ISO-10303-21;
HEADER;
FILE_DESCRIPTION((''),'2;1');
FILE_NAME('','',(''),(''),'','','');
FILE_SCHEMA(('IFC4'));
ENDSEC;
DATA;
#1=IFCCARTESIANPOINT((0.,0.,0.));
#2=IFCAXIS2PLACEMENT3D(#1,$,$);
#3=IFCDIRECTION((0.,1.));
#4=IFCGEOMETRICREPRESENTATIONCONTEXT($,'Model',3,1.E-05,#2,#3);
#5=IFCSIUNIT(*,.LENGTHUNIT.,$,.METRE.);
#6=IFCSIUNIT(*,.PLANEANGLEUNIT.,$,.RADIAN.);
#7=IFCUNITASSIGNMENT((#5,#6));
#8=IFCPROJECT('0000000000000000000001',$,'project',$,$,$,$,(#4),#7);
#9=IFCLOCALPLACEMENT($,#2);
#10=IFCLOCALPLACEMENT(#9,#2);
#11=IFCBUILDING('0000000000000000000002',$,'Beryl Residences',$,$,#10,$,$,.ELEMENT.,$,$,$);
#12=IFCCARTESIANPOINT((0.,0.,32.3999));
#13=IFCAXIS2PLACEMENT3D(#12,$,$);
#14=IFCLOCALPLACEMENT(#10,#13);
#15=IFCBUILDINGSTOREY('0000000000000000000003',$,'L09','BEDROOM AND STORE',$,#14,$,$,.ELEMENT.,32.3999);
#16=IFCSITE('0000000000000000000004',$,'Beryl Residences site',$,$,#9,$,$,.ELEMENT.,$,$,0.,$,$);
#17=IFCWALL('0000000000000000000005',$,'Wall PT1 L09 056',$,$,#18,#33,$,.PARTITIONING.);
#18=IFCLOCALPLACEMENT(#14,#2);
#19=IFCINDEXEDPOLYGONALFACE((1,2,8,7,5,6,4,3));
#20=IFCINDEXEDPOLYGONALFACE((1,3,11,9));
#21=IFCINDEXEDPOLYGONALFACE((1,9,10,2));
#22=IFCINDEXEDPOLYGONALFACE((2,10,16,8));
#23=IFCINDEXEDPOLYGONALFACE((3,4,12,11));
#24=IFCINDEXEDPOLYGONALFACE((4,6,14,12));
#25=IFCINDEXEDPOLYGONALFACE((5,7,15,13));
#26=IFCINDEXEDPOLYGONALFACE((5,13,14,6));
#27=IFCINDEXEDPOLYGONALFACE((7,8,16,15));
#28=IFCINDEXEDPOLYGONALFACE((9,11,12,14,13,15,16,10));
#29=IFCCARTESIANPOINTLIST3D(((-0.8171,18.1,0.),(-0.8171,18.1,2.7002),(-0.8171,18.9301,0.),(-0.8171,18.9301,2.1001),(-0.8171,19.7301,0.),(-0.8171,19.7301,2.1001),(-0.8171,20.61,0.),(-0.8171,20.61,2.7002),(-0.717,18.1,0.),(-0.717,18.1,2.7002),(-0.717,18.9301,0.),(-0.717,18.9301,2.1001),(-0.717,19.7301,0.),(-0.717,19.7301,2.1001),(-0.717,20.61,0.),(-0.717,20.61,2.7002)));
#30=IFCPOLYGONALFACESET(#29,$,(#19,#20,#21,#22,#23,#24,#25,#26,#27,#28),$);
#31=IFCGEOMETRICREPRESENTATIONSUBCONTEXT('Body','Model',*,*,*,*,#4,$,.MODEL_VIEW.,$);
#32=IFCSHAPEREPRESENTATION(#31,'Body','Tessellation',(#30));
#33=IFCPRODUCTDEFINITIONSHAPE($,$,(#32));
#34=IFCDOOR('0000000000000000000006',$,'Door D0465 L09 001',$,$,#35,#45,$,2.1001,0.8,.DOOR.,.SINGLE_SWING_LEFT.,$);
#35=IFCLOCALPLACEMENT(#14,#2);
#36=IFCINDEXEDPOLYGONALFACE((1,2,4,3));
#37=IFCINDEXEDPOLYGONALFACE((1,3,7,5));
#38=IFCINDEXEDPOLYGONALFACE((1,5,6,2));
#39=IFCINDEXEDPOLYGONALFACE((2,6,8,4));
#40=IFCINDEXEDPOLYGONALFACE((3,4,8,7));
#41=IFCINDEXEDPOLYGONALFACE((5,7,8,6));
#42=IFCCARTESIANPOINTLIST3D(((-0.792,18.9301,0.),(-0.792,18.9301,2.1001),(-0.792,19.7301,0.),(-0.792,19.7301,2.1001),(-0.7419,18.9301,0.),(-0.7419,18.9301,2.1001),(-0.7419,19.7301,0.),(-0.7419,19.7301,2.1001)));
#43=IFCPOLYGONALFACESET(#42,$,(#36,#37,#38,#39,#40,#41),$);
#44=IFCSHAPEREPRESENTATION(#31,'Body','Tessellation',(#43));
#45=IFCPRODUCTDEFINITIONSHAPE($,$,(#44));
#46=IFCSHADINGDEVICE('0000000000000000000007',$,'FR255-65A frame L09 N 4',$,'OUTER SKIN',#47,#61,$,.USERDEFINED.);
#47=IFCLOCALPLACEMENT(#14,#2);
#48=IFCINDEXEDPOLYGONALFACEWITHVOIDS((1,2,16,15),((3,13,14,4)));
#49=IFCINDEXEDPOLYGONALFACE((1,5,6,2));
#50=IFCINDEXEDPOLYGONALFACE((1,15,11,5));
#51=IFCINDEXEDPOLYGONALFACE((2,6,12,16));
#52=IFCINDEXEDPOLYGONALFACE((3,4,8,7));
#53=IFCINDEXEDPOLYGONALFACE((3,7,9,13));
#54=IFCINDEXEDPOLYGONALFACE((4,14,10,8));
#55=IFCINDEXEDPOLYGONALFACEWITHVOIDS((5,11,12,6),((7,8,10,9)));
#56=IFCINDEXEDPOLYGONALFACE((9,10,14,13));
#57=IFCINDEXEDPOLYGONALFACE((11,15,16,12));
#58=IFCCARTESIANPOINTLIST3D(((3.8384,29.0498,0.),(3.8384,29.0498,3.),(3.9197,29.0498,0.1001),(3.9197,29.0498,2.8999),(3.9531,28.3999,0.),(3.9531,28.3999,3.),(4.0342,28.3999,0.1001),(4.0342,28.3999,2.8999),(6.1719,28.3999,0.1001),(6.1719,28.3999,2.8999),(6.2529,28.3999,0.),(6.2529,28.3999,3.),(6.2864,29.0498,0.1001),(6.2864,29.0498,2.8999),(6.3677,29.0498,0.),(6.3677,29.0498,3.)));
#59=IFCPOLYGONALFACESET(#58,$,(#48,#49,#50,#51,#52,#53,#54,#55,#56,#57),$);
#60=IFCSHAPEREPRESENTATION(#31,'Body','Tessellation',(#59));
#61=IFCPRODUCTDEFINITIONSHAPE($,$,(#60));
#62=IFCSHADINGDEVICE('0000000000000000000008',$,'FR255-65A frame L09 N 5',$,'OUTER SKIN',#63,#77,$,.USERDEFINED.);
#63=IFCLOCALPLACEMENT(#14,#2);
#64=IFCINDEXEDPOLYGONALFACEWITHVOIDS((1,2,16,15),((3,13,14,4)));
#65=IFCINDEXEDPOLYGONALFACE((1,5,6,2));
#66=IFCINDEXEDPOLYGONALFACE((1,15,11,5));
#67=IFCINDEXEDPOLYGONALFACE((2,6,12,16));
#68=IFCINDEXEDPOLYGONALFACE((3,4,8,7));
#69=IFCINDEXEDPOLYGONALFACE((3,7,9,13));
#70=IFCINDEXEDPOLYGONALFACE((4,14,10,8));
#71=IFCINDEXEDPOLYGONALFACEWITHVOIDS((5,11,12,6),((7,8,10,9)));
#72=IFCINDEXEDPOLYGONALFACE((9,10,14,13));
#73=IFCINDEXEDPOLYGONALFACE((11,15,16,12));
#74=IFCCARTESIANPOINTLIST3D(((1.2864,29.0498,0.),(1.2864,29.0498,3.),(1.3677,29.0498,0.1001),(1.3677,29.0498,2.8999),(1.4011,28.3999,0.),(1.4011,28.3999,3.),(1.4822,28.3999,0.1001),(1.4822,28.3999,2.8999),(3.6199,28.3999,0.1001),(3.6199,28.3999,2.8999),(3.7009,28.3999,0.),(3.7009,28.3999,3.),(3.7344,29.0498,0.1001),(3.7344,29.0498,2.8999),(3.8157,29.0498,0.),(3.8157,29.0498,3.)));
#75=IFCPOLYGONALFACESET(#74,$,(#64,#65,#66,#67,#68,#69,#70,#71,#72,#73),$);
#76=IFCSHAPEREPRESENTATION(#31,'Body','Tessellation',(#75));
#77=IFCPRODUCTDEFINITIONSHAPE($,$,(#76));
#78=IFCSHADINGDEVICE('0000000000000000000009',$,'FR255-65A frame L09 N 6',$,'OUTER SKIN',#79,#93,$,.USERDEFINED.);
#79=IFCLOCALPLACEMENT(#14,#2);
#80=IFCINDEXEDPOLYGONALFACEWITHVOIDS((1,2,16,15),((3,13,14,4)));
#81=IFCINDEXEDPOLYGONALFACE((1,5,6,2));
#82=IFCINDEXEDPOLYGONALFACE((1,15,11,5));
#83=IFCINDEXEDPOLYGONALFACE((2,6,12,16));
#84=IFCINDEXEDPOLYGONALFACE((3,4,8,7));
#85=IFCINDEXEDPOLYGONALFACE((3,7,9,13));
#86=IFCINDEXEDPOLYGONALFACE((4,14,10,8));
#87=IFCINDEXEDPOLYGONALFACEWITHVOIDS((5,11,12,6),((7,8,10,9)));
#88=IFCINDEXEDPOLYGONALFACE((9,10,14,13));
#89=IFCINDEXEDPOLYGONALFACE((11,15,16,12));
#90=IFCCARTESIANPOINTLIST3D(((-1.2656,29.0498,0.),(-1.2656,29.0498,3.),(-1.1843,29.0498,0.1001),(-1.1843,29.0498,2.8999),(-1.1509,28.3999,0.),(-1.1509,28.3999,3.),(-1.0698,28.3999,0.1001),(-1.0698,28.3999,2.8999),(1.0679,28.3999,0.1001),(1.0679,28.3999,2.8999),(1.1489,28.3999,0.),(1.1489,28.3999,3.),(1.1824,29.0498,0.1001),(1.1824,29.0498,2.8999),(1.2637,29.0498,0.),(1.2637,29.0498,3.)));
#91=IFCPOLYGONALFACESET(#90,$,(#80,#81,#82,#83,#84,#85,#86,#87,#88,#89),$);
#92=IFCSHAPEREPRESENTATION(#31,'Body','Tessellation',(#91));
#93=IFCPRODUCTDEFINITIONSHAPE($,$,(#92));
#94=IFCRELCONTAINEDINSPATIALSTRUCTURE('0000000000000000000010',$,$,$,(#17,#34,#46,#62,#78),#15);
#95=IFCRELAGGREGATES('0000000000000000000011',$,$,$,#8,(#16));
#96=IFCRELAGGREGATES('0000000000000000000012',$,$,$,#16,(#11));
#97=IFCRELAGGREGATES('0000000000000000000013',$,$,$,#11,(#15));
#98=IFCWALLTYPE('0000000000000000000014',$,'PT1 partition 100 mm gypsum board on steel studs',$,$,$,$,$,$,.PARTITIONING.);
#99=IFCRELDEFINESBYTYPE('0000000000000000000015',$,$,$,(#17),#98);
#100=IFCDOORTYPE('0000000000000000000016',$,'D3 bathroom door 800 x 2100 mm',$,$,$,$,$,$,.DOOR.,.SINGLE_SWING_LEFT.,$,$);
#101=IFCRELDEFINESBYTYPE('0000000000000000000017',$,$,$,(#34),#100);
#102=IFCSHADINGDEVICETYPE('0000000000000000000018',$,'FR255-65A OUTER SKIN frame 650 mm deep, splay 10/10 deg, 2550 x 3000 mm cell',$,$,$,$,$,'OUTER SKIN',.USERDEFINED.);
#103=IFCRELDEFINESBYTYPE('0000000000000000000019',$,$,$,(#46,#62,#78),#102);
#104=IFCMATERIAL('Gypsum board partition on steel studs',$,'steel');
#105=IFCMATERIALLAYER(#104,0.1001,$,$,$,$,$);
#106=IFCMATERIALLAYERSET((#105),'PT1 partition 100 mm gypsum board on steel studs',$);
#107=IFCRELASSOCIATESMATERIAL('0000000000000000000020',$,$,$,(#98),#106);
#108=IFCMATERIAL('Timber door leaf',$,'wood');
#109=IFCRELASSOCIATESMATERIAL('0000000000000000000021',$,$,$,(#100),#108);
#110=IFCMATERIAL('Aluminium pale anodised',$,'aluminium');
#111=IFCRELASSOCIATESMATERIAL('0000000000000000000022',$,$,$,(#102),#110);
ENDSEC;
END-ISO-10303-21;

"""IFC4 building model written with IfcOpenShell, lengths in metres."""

from ifc_helpers import new_model, entity, si_unit, direction, frame, frame_2d, origin, place, context, subcontext, project, spatial, rectangle, extrude, source, transform, mapped, material, layer, layer_set, type_object, type_shapes, element, fill, save


model = new_model("IFC4")

# Units and contexts
model_context = context("Model", 3, precision=1e-05, world=origin(), true_north=direction((0.0, 1.0)))
body_context = subcontext(model_context, "Body", "Model", "MODEL_VIEW")
ifc_project = project(units=[si_unit("LENGTHUNIT", "METRE"), si_unit("PLANEANGLEUNIT", "RADIAN")], contexts=[model_context])

# Site, building, storey
site_placement = place(None, origin())
site = spatial("IfcSite", under=ifc_project, at=site_placement, Name="Beryl Residences site", CompositionType="ELEMENT", RefElevation=0.0)
building_placement = place(site_placement, origin())
building = spatial("IfcBuilding", under=site, at=building_placement, Name="Beryl Residences", CompositionType="ELEMENT")
storey_placement = place(building_placement, frame((0.0, 0.0, 32.3999)))
storey = spatial("IfcBuildingStorey", under=building, at=storey_placement, Name="L09", Description="BEDROOM AND STORE", CompositionType="ELEMENT", Elevation=32.3999)

# Shared definitions
ifc_material_1 = material(Name="Gypsum board partition on steel studs", Category="steel")
ifc_layer = layer(ifc_material_1, 0.1001)
ifc_layer_set = layer_set([ifc_layer], Name="PT1 partition 100 mm gypsum board on steel studs")
wall_type = type_object("IfcWallType", Name="PT1 partition 100 mm gypsum board on steel studs", PredefinedType="PARTITIONING", material=ifc_layer_set)
ifc_material_2 = material(Name="Timber door leaf", Category="wood")
door_type_1 = type_object("IfcDoorType", Name="D3 bathroom door 800 x 2100 mm", OperationType="SINGLE_SWING_LEFT", PredefinedType="DOOR", material=ifc_material_2)

# Wall, opening, door
wall_1_placement = place(storey_placement, frame((-0.7671, 18.1001, 0.0), z_axis=(0.0, 0.0, 1.0), x_axis=(0.0, 1.0, 0.0)))
wall_1 = element("IfcWall", 1, at=wall_1_placement, inside=storey, type_object=wall_type, Name="Wall PT1 L09 056", PredefinedType="PARTITIONING", context=body_context, shape_type="SweptSolid", body=[
    extrude(rectangle(XDim=2.51, YDim=0.1001, at=frame_2d((1.2549, 0.0))), origin(), (0.0, 0.0, 1.0), 2.7002),
])
opening_1_placement = place(wall_1_placement, frame((0.8301, 0.0, 0.0)))
opening_1 = element("IfcOpeningElement", 2, at=opening_1_placement, cuts=wall_1, PredefinedType="OPENING", context=body_context, shape_type="SweptSolid", body=[
    extrude(rectangle(XDim=0.8, YDim=2.1001, at=frame_2d((0.3999, 1.05))), frame((0.0, 0.0601, 0.0), z_axis=(0.0, -1.0, 0.0), x_axis=(1.0, 0.0, 0.0)), (0.0, 0.0, 1.0), 0.1201),
])
door_1_placement = place(opening_1_placement, origin())
door_1 = element("IfcDoor", 3, at=door_1_placement, inside=storey, type_object=door_type_1, Name="Door D0465 L09 001", OperationType="SINGLE_SWING_LEFT", OverallHeight=2.1001, OverallWidth=0.8, PredefinedType="DOOR", context=body_context, shape_type="SweptSolid", body=[
    extrude(rectangle(XDim=0.8, YDim=2.1001, at=frame_2d((0.3999, 1.05))), frame((0.0, 0.0249, 0.0), z_axis=(0.0, -1.0, 0.0), x_axis=(1.0, 0.0, 0.0)), (0.0, 0.0, 1.0), 0.05),
])
fill(opening_1, door_1)

# Shading devices
ifc_material_3 = material(Name="Aluminium pale anodised", Category="aluminium")
shading_device_type = type_object("IfcShadingDeviceType", Name="FR255-65A OUTER SKIN frame 650 mm deep, splay 10/10 deg, 2550 x 3000 mm cell", ElementType="OUTER SKIN", PredefinedType="USERDEFINED", material=ifc_material_3)
cartesian_point_1 = entity("IfcCartesianPoint", [-1.1499, 0.0])
cartesian_point_2 = entity("IfcCartesianPoint", [-1.0688, 0.1001])
cartesian_point_3 = entity("IfcCartesianPoint", [-1.2646, 0.0])
cartesian_point_4 = entity("IfcCartesianPoint", [-1.1833, 0.1001])
shared_shape = source(origin(), body_context, "Body", "SweptSolid", [
    entity("IfcExtrudedAreaSolidTapered", entity("IfcArbitraryProfileDefWithVoids", "AREA", None, entity("IfcPolyline", [cartesian_point_1, entity("IfcCartesianPoint", [1.1499, 0.0]), entity("IfcCartesianPoint", [1.1499, 3.0]), entity("IfcCartesianPoint", [-1.1499, 3.0]), cartesian_point_1]), [entity("IfcPolyline", [cartesian_point_2, entity("IfcCartesianPoint", [1.0688, 0.1001]), entity("IfcCartesianPoint", [1.0688, 2.8999]), entity("IfcCartesianPoint", [-1.0688, 2.8999]), cartesian_point_2])]), entity("IfcAxis2Placement3D", entity("IfcCartesianPoint", [0.0, 0.0, 0.0]), entity("IfcDirection", [0.0, 1.0, 0.0]), entity("IfcDirection", [-1.0, 0.0, 0.0])), entity("IfcDirection", [0.0, 0.0, 1.0]), 0.6499, entity("IfcArbitraryProfileDefWithVoids", "AREA", None, entity("IfcPolyline", [cartesian_point_3, entity("IfcCartesianPoint", [1.2646, 0.0]), entity("IfcCartesianPoint", [1.2646, 3.0]), entity("IfcCartesianPoint", [-1.2646, 3.0]), cartesian_point_3]), [entity("IfcPolyline", [cartesian_point_4, entity("IfcCartesianPoint", [1.1833, 0.1001]), entity("IfcCartesianPoint", [1.1833, 2.8999]), entity("IfcCartesianPoint", [-1.1833, 2.8999]), cartesian_point_4])])),
])
type_shapes(shading_device_type, [shared_shape])
for number, where, z_axis, x_axis, name in (
    (4, (5.103, 28.3999, 0.0), (0.0, 0.0, 1.0), (1.0, 0.0, 0.0), "FR255-65A frame L09 N 4"),
    (5, (2.551, 28.3999, 0.0), (0.0, 0.0, 1.0), (1.0, 0.0, 0.0), "FR255-65A frame L09 N 5"),
    (6, (-0.001, 28.3999, 0.0), (0.0, 0.0, 1.0), (1.0, 0.0, 0.0), "FR255-65A frame L09 N 6"),
):
    element("IfcShadingDevice", number, at=place(storey_placement, frame(where, z_axis=z_axis, x_axis=x_axis)), inside=storey, type_object=shading_device_type, Name=name, ObjectType="OUTER SKIN", PredefinedType="USERDEFINED", context=body_context, shape_type="MappedRepresentation", body=[
        mapped(shared_shape, transform((0.0, 0.0, 0.0))),
    ])

save(model, "model.ifc")
